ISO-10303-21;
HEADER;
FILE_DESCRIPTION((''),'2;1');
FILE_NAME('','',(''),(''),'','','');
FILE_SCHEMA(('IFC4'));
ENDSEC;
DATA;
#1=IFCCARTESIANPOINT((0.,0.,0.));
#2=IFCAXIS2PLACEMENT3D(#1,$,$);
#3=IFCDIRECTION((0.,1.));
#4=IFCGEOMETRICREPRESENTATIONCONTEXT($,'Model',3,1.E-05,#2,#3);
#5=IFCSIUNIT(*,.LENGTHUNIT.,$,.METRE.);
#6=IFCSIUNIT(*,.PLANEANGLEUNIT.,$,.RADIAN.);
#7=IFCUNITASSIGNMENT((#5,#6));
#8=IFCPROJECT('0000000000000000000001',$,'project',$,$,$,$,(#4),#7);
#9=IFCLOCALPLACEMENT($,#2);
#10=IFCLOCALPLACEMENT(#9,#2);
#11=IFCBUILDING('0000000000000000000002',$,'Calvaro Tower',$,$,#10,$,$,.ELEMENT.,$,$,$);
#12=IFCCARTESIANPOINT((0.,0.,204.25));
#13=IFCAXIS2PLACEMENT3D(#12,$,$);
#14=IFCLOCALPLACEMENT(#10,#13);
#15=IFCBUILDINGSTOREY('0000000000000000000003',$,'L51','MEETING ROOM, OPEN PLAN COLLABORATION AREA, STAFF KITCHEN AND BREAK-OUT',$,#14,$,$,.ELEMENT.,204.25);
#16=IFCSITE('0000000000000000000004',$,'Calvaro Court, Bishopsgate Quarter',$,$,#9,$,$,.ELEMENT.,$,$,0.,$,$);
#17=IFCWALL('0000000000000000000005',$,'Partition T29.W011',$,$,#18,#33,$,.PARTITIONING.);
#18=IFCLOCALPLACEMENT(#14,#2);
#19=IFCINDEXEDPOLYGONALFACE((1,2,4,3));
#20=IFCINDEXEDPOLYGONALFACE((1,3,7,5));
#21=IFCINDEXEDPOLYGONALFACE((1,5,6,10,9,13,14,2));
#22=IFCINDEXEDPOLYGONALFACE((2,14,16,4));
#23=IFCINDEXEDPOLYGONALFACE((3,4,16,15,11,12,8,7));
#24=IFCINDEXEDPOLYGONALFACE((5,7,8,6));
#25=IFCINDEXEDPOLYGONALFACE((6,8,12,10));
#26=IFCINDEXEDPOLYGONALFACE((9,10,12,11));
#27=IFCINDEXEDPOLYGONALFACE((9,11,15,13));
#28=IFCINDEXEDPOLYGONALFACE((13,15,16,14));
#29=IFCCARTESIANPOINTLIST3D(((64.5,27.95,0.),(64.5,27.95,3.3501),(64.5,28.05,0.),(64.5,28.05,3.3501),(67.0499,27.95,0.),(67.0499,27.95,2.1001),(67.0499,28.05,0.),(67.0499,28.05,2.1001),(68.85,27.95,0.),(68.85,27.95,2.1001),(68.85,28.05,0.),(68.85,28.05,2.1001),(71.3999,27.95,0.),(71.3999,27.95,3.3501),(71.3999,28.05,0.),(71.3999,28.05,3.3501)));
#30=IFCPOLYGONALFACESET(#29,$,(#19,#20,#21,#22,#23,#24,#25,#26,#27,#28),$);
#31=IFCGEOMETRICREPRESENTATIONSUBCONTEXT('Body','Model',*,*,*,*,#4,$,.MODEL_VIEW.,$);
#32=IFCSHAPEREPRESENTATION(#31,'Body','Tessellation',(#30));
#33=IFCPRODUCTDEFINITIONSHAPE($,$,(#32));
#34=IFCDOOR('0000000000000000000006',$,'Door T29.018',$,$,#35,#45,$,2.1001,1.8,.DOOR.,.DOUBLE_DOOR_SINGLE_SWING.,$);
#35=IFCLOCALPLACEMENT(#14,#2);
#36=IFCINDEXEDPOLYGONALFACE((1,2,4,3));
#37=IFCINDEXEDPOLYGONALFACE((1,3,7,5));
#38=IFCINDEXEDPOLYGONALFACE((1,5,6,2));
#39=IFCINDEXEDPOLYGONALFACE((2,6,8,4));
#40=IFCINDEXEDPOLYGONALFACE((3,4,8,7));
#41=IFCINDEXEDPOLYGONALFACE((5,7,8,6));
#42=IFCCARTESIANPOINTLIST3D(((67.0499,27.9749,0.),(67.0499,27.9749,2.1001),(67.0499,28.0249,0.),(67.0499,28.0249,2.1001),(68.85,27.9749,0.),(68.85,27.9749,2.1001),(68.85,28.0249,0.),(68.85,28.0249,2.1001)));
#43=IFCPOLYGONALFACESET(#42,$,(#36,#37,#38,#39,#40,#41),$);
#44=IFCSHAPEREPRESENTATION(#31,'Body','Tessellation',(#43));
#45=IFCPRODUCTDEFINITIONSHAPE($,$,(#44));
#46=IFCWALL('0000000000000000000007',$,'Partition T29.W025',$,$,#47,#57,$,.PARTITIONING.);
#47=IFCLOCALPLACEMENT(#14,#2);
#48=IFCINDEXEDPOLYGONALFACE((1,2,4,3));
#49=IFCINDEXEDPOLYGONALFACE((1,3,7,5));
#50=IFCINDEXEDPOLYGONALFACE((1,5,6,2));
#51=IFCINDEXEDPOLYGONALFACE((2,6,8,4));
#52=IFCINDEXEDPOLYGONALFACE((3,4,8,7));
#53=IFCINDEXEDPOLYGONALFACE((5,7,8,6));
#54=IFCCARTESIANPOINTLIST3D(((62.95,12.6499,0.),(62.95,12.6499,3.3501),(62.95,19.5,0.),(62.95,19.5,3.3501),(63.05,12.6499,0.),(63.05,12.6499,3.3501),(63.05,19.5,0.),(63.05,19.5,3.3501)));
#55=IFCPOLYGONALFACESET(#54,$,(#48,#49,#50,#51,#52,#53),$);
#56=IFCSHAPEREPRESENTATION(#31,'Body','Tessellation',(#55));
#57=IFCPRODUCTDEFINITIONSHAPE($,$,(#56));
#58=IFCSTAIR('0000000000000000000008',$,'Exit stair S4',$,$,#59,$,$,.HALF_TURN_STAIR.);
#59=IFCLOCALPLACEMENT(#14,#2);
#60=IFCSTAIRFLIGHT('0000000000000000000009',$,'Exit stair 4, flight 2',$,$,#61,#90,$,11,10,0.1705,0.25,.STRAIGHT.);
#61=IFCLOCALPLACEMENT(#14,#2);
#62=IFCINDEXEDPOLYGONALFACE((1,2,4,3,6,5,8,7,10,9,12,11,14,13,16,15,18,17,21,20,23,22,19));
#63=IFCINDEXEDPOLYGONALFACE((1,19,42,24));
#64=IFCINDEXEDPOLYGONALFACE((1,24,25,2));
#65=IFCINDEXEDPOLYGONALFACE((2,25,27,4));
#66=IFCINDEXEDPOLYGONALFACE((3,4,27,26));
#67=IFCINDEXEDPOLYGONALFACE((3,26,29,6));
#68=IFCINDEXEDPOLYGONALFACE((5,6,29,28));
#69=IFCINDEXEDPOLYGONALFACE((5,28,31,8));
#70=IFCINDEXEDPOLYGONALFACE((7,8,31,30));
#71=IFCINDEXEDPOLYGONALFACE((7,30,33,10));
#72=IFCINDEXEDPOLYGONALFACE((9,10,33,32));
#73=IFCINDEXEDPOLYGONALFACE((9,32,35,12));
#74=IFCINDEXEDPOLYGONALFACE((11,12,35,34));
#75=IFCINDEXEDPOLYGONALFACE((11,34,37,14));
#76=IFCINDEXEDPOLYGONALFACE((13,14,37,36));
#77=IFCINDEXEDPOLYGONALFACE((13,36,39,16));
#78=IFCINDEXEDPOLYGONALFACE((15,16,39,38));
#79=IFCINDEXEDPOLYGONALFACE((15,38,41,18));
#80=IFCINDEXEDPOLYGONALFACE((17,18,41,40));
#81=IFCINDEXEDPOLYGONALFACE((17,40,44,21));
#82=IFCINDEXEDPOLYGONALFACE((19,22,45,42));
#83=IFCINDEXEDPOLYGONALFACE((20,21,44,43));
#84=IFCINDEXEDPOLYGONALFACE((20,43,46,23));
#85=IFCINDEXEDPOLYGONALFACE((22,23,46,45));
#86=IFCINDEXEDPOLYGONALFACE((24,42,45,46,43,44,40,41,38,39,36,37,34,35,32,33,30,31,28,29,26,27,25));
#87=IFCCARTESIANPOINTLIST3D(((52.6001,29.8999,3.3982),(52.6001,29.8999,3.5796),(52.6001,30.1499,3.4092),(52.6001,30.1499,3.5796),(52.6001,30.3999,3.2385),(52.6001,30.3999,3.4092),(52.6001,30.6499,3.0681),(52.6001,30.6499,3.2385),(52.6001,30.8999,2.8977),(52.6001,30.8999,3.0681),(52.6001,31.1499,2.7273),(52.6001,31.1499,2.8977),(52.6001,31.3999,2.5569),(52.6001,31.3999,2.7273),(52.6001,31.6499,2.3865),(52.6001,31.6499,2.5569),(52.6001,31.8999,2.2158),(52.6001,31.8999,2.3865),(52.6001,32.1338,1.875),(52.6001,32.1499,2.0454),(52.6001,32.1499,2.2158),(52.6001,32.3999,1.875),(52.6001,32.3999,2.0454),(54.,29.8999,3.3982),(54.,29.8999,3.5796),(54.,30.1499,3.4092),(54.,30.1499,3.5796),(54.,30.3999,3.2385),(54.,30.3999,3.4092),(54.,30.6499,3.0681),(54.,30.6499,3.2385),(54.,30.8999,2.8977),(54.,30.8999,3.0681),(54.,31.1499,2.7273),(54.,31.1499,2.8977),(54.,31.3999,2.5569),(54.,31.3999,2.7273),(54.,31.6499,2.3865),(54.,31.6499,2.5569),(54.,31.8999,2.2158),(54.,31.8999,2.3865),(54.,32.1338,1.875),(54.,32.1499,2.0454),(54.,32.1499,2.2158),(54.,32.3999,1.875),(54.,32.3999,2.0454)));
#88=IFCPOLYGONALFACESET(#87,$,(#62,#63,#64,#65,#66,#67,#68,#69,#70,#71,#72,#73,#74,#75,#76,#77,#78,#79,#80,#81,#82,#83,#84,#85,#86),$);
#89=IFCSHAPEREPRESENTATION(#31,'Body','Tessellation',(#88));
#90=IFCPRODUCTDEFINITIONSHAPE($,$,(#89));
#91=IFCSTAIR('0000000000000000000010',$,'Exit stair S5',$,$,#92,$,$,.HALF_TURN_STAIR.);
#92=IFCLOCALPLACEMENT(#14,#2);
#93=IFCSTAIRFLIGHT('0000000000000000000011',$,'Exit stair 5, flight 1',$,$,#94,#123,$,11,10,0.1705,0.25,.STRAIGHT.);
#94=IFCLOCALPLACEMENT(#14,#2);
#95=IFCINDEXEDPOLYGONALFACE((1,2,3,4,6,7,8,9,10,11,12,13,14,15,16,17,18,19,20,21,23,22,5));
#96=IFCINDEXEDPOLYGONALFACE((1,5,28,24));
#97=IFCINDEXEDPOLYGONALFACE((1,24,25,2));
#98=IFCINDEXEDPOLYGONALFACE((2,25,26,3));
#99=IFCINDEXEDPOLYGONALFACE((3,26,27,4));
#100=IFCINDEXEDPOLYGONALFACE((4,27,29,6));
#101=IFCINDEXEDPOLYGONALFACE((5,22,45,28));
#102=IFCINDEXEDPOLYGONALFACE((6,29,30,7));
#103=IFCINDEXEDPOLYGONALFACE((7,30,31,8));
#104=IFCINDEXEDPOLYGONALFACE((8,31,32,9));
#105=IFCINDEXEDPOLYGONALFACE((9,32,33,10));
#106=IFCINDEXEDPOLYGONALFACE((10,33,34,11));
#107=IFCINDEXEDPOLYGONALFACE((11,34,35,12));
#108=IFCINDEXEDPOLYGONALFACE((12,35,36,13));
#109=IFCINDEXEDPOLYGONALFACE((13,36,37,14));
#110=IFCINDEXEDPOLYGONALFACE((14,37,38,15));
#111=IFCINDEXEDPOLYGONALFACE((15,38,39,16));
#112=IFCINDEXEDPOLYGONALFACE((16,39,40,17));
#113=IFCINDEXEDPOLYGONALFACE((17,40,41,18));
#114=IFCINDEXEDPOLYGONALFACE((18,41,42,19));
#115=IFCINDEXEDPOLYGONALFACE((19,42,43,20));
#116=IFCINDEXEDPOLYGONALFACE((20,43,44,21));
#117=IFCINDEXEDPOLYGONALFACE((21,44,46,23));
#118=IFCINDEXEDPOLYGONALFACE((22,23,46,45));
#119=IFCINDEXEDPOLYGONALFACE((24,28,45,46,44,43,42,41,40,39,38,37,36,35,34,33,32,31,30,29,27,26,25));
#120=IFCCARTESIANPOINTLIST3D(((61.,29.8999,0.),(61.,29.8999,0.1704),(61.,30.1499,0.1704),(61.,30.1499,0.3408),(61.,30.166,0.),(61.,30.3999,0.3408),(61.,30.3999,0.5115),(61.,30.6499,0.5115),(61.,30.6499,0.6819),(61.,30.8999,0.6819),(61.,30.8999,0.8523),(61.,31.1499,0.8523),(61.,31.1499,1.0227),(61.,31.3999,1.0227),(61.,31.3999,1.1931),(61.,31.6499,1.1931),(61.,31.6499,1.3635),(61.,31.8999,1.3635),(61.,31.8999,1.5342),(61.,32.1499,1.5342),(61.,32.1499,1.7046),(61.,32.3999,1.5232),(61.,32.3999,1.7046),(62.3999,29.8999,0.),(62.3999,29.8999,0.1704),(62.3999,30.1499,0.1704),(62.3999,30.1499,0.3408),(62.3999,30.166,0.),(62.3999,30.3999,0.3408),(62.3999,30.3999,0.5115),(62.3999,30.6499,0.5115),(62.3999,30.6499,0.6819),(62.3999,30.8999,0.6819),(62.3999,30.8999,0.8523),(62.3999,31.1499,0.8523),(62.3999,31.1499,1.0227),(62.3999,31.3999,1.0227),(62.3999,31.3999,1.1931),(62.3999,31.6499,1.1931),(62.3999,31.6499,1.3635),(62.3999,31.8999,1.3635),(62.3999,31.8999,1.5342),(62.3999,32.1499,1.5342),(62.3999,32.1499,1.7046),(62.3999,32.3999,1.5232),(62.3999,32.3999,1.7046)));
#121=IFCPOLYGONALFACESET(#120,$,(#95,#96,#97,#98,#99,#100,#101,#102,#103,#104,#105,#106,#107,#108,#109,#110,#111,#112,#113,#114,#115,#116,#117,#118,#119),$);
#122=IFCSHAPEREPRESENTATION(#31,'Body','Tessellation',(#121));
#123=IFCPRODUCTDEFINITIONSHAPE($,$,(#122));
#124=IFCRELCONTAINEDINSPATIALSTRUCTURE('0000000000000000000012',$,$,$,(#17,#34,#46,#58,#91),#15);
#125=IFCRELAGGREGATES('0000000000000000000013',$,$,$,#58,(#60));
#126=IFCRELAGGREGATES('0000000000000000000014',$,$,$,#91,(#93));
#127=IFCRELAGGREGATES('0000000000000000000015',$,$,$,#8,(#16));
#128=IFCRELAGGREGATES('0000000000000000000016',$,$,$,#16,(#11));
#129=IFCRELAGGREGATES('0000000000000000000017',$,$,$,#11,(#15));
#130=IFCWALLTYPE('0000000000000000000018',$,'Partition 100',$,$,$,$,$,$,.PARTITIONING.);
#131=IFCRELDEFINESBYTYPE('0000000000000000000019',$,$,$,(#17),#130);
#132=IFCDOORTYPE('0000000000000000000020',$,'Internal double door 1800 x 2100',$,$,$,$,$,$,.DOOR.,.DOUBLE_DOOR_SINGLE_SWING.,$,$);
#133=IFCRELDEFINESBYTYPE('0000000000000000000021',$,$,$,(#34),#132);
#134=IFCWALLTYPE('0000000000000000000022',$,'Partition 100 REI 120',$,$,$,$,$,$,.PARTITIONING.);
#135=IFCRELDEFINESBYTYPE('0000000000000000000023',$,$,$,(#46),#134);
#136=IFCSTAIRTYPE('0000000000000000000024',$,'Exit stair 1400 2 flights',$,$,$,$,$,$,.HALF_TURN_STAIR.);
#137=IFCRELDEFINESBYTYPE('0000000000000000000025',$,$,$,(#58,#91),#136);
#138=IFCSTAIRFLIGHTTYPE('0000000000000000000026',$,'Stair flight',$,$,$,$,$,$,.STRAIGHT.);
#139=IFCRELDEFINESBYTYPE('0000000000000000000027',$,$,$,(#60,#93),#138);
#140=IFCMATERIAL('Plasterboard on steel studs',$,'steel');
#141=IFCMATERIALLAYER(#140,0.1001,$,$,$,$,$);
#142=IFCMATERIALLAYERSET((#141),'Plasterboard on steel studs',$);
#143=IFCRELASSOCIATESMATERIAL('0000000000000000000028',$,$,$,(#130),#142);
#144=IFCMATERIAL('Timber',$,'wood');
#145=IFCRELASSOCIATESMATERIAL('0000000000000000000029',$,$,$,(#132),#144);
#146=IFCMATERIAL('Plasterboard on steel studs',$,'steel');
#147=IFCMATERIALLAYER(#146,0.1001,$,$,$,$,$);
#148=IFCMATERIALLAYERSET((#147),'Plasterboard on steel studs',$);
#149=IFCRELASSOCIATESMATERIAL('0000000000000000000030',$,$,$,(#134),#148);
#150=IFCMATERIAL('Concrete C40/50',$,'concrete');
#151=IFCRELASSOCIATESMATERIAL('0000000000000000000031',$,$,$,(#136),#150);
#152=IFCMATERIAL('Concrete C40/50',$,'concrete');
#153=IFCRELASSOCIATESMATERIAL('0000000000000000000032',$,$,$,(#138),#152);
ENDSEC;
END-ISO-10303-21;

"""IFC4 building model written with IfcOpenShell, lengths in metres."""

from ifc_helpers import new_model, si_unit, direction, frame, frame_2d, origin, place, context, subcontext, project, spatial, polyline, rectangle, outline, extrude, material, layer, layer_set, type_object, element, fill, aggregate, save


model = new_model("IFC4")

# Units and contexts
model_context = context("Model", 3, precision=1e-05, world=origin(), true_north=direction((0.0, 1.0)))
body_context = subcontext(model_context, "Body", "Model", "MODEL_VIEW")
ifc_project = project(units=[si_unit("LENGTHUNIT", "METRE"), si_unit("PLANEANGLEUNIT", "RADIAN")], contexts=[model_context])

# Site, building, storey
site_placement = place(None, origin())
site = spatial("IfcSite", under=ifc_project, at=site_placement, Name="Calvaro Court, Bishopsgate Quarter", CompositionType="ELEMENT", RefElevation=0.0)
building_placement = place(site_placement, origin())
building = spatial("IfcBuilding", under=site, at=building_placement, Name="Calvaro Tower", CompositionType="ELEMENT")
storey_placement = place(building_placement, frame((0.0, 0.0, 204.25)))
storey = spatial("IfcBuildingStorey", under=building, at=storey_placement, Name="L51", Description="MEETING ROOM, OPEN PLAN COLLABORATION AREA, STAFF KITCHEN AND BREAK-OUT", CompositionType="ELEMENT", Elevation=204.25)

# Wall, opening, door
ifc_material_1 = material(Name="Plasterboard on steel studs", Category="steel")
ifc_layer_1 = layer(ifc_material_1, 0.1001)
ifc_layer_set_1 = layer_set([ifc_layer_1], Name="Plasterboard on steel studs")
wall_type_1 = type_object("IfcWallType", Name="Partition 100", PredefinedType="PARTITIONING", material=ifc_layer_set_1)
wall_1_placement = place(storey_placement, frame((64.5, 28.0, 0.0), z_axis=(0.0, 0.0, 1.0), x_axis=(1.0, 0.0, 0.0)))
wall_1 = element("IfcWall", 1, at=wall_1_placement, inside=storey, type_object=wall_type_1, Name="Partition T29.W011", PredefinedType="PARTITIONING", context=body_context, shape_type="SweptSolid", body=[
    extrude(rectangle(XDim=6.8999, YDim=0.1001, at=frame_2d((3.45, 0.0))), origin(), (0.0, 0.0, 1.0), 3.3501),
])
opening_1_placement = place(wall_1_placement, frame((2.55, 0.0, 0.0)))
opening_1 = element("IfcOpeningElement", 2, at=opening_1_placement, cuts=wall_1, PredefinedType="OPENING", context=body_context, shape_type="SweptSolid", body=[
    extrude(rectangle(XDim=1.8, YDim=2.1001, at=frame_2d((0.8999, 1.05))), frame((0.0, 0.0601, 0.0), z_axis=(0.0, -1.0, 0.0), x_axis=(1.0, 0.0, 0.0)), (0.0, 0.0, 1.0), 0.1201),
])
ifc_material_2 = material(Name="Timber", Category="wood")
door_type_1 = type_object("IfcDoorType", Name="Internal double door 1800 x 2100", OperationType="DOUBLE_DOOR_SINGLE_SWING", PredefinedType="DOOR", material=ifc_material_2)
door_1_placement = place(opening_1_placement, origin())
door_1 = element("IfcDoor", 3, at=door_1_placement, inside=storey, type_object=door_type_1, Name="Door T29.018", OperationType="DOUBLE_DOOR_SINGLE_SWING", OverallHeight=2.1001, OverallWidth=1.8, PredefinedType="DOOR", context=body_context, shape_type="SweptSolid", body=[
    extrude(rectangle(XDim=1.8, YDim=2.1001, at=frame_2d((0.8999, 1.05))), frame((0.0, 0.0249, 0.0), z_axis=(0.0, -1.0, 0.0), x_axis=(1.0, 0.0, 0.0)), (0.0, 0.0, 1.0), 0.05),
])
fill(opening_1, door_1)

# Wall
ifc_material_3 = material(Name="Plasterboard on steel studs", Category="steel")
ifc_layer_2 = layer(ifc_material_3, 0.1001)
ifc_layer_set_2 = layer_set([ifc_layer_2], Name="Plasterboard on steel studs")
wall_type_2 = type_object("IfcWallType", Name="Partition 100 REI 120", PredefinedType="PARTITIONING", material=ifc_layer_set_2)
wall_2_placement = place(storey_placement, frame((63.0, 12.6499, 0.0), z_axis=(0.0, 0.0, 1.0), x_axis=(0.0, 1.0, 0.0)))
element("IfcWall", 4, at=wall_2_placement, inside=storey, type_object=wall_type_2, Name="Partition T29.W025", PredefinedType="PARTITIONING", context=body_context, shape_type="SweptSolid", body=[
    extrude(rectangle(XDim=6.8501, YDim=0.1001, at=frame_2d((3.425, 0.0))), origin(), (0.0, 0.0, 1.0), 3.3501),
])

# Stairs, stair flights
ifc_material_4 = material(Name="Concrete C40/50", Category="concrete")
stair_type = type_object("IfcStairType", Name="Exit stair 1400 2 flights", PredefinedType="HALF_TURN_STAIR", material=ifc_material_4)
stair_1_placement = place(storey_placement, origin())
stair_1 = element("IfcStair", 5, at=stair_1_placement, inside=storey, type_object=stair_type, Name="Exit stair S4", PredefinedType="HALF_TURN_STAIR")
ifc_material_5 = material(Name="Concrete C40/50", Category="concrete")
stair_flight_type = type_object("IfcStairFlightType", Name="Stair flight", PredefinedType="STRAIGHT", material=ifc_material_5)
stair_flight_1_placement = place(storey_placement, frame((53.3, 32.3999, 1.875), z_axis=(0.0, 0.0, 1.0), x_axis=(0.0, -1.0, 0.0)))
stair_flight_1 = element("IfcStairFlight", 6, at=stair_flight_1_placement, type_object=stair_flight_type, Name="Exit stair 4, flight 2", NumberOfRisers=11, NumberOfTreads=10, PredefinedType="STRAIGHT", RiserHeight=0.1705, TreadLength=0.25, context=body_context, shape_type="SweptSolid", body=[
    extrude(outline(polyline([(0.0, 0.0), (0.0, 0.1704), (0.25, 0.1704), (0.25, 0.3408), (0.5, 0.3408), (0.5, 0.5115), (0.75, 0.5115), (0.75, 0.6819), (1.0, 0.6819), (1.0, 0.8523), (1.25, 0.8523), (1.25, 1.0227), (1.5, 1.0227), (1.5, 1.1931), (1.75, 1.1931), (1.75, 1.3635), (2.0, 1.3635), (2.0, 1.5342), (2.25, 1.5342), (2.25, 1.7046), (2.5, 1.7046), (2.5, 1.875), (2.5, 1.5232), (0.2661, 0.0), (0.0, 0.0)])), frame((0.0, 0.7, 0.0), z_axis=(0.0, -1.0, 0.0), x_axis=(1.0, 0.0, 0.0)), (0.0, 0.0, 1.0), 1.3999),
])
stair_2_placement = place(storey_placement, origin())
stair_2 = element("IfcStair", 7, at=stair_2_placement, inside=storey, type_object=stair_type, Name="Exit stair S5", PredefinedType="HALF_TURN_STAIR")
stair_flight_2_placement = place(storey_placement, frame((61.7, 29.8999, 0.0), z_axis=(0.0, 0.0, 1.0), x_axis=(0.0, 1.0, 0.0)))
stair_flight_2 = element("IfcStairFlight", 8, at=stair_flight_2_placement, type_object=stair_flight_type, Name="Exit stair 5, flight 1", NumberOfRisers=11, NumberOfTreads=10, PredefinedType="STRAIGHT", RiserHeight=0.1705, TreadLength=0.25, context=body_context, shape_type="SweptSolid", body=[
    extrude(outline(polyline([(0.0, 0.0), (0.0, 0.1704), (0.25, 0.1704), (0.25, 0.3408), (0.5, 0.3408), (0.5, 0.5115), (0.75, 0.5115), (0.75, 0.6819), (1.0, 0.6819), (1.0, 0.8523), (1.25, 0.8523), (1.25, 1.0227), (1.5, 1.0227), (1.5, 1.1931), (1.75, 1.1931), (1.75, 1.3635), (2.0, 1.3635), (2.0, 1.5342), (2.25, 1.5342), (2.25, 1.7046), (2.5, 1.7046), (2.5, 1.875), (2.5, 1.5232), (0.2661, 0.0), (0.0, 0.0)])), frame((0.0, 0.7, 0.0), z_axis=(0.0, -1.0, 0.0), x_axis=(1.0, 0.0, 0.0)), (0.0, 0.0, 1.0), 1.3999),
])

aggregate(stair_1, [stair_flight_1])
aggregate(stair_2, [stair_flight_2])

save(model, "model.ifc")
